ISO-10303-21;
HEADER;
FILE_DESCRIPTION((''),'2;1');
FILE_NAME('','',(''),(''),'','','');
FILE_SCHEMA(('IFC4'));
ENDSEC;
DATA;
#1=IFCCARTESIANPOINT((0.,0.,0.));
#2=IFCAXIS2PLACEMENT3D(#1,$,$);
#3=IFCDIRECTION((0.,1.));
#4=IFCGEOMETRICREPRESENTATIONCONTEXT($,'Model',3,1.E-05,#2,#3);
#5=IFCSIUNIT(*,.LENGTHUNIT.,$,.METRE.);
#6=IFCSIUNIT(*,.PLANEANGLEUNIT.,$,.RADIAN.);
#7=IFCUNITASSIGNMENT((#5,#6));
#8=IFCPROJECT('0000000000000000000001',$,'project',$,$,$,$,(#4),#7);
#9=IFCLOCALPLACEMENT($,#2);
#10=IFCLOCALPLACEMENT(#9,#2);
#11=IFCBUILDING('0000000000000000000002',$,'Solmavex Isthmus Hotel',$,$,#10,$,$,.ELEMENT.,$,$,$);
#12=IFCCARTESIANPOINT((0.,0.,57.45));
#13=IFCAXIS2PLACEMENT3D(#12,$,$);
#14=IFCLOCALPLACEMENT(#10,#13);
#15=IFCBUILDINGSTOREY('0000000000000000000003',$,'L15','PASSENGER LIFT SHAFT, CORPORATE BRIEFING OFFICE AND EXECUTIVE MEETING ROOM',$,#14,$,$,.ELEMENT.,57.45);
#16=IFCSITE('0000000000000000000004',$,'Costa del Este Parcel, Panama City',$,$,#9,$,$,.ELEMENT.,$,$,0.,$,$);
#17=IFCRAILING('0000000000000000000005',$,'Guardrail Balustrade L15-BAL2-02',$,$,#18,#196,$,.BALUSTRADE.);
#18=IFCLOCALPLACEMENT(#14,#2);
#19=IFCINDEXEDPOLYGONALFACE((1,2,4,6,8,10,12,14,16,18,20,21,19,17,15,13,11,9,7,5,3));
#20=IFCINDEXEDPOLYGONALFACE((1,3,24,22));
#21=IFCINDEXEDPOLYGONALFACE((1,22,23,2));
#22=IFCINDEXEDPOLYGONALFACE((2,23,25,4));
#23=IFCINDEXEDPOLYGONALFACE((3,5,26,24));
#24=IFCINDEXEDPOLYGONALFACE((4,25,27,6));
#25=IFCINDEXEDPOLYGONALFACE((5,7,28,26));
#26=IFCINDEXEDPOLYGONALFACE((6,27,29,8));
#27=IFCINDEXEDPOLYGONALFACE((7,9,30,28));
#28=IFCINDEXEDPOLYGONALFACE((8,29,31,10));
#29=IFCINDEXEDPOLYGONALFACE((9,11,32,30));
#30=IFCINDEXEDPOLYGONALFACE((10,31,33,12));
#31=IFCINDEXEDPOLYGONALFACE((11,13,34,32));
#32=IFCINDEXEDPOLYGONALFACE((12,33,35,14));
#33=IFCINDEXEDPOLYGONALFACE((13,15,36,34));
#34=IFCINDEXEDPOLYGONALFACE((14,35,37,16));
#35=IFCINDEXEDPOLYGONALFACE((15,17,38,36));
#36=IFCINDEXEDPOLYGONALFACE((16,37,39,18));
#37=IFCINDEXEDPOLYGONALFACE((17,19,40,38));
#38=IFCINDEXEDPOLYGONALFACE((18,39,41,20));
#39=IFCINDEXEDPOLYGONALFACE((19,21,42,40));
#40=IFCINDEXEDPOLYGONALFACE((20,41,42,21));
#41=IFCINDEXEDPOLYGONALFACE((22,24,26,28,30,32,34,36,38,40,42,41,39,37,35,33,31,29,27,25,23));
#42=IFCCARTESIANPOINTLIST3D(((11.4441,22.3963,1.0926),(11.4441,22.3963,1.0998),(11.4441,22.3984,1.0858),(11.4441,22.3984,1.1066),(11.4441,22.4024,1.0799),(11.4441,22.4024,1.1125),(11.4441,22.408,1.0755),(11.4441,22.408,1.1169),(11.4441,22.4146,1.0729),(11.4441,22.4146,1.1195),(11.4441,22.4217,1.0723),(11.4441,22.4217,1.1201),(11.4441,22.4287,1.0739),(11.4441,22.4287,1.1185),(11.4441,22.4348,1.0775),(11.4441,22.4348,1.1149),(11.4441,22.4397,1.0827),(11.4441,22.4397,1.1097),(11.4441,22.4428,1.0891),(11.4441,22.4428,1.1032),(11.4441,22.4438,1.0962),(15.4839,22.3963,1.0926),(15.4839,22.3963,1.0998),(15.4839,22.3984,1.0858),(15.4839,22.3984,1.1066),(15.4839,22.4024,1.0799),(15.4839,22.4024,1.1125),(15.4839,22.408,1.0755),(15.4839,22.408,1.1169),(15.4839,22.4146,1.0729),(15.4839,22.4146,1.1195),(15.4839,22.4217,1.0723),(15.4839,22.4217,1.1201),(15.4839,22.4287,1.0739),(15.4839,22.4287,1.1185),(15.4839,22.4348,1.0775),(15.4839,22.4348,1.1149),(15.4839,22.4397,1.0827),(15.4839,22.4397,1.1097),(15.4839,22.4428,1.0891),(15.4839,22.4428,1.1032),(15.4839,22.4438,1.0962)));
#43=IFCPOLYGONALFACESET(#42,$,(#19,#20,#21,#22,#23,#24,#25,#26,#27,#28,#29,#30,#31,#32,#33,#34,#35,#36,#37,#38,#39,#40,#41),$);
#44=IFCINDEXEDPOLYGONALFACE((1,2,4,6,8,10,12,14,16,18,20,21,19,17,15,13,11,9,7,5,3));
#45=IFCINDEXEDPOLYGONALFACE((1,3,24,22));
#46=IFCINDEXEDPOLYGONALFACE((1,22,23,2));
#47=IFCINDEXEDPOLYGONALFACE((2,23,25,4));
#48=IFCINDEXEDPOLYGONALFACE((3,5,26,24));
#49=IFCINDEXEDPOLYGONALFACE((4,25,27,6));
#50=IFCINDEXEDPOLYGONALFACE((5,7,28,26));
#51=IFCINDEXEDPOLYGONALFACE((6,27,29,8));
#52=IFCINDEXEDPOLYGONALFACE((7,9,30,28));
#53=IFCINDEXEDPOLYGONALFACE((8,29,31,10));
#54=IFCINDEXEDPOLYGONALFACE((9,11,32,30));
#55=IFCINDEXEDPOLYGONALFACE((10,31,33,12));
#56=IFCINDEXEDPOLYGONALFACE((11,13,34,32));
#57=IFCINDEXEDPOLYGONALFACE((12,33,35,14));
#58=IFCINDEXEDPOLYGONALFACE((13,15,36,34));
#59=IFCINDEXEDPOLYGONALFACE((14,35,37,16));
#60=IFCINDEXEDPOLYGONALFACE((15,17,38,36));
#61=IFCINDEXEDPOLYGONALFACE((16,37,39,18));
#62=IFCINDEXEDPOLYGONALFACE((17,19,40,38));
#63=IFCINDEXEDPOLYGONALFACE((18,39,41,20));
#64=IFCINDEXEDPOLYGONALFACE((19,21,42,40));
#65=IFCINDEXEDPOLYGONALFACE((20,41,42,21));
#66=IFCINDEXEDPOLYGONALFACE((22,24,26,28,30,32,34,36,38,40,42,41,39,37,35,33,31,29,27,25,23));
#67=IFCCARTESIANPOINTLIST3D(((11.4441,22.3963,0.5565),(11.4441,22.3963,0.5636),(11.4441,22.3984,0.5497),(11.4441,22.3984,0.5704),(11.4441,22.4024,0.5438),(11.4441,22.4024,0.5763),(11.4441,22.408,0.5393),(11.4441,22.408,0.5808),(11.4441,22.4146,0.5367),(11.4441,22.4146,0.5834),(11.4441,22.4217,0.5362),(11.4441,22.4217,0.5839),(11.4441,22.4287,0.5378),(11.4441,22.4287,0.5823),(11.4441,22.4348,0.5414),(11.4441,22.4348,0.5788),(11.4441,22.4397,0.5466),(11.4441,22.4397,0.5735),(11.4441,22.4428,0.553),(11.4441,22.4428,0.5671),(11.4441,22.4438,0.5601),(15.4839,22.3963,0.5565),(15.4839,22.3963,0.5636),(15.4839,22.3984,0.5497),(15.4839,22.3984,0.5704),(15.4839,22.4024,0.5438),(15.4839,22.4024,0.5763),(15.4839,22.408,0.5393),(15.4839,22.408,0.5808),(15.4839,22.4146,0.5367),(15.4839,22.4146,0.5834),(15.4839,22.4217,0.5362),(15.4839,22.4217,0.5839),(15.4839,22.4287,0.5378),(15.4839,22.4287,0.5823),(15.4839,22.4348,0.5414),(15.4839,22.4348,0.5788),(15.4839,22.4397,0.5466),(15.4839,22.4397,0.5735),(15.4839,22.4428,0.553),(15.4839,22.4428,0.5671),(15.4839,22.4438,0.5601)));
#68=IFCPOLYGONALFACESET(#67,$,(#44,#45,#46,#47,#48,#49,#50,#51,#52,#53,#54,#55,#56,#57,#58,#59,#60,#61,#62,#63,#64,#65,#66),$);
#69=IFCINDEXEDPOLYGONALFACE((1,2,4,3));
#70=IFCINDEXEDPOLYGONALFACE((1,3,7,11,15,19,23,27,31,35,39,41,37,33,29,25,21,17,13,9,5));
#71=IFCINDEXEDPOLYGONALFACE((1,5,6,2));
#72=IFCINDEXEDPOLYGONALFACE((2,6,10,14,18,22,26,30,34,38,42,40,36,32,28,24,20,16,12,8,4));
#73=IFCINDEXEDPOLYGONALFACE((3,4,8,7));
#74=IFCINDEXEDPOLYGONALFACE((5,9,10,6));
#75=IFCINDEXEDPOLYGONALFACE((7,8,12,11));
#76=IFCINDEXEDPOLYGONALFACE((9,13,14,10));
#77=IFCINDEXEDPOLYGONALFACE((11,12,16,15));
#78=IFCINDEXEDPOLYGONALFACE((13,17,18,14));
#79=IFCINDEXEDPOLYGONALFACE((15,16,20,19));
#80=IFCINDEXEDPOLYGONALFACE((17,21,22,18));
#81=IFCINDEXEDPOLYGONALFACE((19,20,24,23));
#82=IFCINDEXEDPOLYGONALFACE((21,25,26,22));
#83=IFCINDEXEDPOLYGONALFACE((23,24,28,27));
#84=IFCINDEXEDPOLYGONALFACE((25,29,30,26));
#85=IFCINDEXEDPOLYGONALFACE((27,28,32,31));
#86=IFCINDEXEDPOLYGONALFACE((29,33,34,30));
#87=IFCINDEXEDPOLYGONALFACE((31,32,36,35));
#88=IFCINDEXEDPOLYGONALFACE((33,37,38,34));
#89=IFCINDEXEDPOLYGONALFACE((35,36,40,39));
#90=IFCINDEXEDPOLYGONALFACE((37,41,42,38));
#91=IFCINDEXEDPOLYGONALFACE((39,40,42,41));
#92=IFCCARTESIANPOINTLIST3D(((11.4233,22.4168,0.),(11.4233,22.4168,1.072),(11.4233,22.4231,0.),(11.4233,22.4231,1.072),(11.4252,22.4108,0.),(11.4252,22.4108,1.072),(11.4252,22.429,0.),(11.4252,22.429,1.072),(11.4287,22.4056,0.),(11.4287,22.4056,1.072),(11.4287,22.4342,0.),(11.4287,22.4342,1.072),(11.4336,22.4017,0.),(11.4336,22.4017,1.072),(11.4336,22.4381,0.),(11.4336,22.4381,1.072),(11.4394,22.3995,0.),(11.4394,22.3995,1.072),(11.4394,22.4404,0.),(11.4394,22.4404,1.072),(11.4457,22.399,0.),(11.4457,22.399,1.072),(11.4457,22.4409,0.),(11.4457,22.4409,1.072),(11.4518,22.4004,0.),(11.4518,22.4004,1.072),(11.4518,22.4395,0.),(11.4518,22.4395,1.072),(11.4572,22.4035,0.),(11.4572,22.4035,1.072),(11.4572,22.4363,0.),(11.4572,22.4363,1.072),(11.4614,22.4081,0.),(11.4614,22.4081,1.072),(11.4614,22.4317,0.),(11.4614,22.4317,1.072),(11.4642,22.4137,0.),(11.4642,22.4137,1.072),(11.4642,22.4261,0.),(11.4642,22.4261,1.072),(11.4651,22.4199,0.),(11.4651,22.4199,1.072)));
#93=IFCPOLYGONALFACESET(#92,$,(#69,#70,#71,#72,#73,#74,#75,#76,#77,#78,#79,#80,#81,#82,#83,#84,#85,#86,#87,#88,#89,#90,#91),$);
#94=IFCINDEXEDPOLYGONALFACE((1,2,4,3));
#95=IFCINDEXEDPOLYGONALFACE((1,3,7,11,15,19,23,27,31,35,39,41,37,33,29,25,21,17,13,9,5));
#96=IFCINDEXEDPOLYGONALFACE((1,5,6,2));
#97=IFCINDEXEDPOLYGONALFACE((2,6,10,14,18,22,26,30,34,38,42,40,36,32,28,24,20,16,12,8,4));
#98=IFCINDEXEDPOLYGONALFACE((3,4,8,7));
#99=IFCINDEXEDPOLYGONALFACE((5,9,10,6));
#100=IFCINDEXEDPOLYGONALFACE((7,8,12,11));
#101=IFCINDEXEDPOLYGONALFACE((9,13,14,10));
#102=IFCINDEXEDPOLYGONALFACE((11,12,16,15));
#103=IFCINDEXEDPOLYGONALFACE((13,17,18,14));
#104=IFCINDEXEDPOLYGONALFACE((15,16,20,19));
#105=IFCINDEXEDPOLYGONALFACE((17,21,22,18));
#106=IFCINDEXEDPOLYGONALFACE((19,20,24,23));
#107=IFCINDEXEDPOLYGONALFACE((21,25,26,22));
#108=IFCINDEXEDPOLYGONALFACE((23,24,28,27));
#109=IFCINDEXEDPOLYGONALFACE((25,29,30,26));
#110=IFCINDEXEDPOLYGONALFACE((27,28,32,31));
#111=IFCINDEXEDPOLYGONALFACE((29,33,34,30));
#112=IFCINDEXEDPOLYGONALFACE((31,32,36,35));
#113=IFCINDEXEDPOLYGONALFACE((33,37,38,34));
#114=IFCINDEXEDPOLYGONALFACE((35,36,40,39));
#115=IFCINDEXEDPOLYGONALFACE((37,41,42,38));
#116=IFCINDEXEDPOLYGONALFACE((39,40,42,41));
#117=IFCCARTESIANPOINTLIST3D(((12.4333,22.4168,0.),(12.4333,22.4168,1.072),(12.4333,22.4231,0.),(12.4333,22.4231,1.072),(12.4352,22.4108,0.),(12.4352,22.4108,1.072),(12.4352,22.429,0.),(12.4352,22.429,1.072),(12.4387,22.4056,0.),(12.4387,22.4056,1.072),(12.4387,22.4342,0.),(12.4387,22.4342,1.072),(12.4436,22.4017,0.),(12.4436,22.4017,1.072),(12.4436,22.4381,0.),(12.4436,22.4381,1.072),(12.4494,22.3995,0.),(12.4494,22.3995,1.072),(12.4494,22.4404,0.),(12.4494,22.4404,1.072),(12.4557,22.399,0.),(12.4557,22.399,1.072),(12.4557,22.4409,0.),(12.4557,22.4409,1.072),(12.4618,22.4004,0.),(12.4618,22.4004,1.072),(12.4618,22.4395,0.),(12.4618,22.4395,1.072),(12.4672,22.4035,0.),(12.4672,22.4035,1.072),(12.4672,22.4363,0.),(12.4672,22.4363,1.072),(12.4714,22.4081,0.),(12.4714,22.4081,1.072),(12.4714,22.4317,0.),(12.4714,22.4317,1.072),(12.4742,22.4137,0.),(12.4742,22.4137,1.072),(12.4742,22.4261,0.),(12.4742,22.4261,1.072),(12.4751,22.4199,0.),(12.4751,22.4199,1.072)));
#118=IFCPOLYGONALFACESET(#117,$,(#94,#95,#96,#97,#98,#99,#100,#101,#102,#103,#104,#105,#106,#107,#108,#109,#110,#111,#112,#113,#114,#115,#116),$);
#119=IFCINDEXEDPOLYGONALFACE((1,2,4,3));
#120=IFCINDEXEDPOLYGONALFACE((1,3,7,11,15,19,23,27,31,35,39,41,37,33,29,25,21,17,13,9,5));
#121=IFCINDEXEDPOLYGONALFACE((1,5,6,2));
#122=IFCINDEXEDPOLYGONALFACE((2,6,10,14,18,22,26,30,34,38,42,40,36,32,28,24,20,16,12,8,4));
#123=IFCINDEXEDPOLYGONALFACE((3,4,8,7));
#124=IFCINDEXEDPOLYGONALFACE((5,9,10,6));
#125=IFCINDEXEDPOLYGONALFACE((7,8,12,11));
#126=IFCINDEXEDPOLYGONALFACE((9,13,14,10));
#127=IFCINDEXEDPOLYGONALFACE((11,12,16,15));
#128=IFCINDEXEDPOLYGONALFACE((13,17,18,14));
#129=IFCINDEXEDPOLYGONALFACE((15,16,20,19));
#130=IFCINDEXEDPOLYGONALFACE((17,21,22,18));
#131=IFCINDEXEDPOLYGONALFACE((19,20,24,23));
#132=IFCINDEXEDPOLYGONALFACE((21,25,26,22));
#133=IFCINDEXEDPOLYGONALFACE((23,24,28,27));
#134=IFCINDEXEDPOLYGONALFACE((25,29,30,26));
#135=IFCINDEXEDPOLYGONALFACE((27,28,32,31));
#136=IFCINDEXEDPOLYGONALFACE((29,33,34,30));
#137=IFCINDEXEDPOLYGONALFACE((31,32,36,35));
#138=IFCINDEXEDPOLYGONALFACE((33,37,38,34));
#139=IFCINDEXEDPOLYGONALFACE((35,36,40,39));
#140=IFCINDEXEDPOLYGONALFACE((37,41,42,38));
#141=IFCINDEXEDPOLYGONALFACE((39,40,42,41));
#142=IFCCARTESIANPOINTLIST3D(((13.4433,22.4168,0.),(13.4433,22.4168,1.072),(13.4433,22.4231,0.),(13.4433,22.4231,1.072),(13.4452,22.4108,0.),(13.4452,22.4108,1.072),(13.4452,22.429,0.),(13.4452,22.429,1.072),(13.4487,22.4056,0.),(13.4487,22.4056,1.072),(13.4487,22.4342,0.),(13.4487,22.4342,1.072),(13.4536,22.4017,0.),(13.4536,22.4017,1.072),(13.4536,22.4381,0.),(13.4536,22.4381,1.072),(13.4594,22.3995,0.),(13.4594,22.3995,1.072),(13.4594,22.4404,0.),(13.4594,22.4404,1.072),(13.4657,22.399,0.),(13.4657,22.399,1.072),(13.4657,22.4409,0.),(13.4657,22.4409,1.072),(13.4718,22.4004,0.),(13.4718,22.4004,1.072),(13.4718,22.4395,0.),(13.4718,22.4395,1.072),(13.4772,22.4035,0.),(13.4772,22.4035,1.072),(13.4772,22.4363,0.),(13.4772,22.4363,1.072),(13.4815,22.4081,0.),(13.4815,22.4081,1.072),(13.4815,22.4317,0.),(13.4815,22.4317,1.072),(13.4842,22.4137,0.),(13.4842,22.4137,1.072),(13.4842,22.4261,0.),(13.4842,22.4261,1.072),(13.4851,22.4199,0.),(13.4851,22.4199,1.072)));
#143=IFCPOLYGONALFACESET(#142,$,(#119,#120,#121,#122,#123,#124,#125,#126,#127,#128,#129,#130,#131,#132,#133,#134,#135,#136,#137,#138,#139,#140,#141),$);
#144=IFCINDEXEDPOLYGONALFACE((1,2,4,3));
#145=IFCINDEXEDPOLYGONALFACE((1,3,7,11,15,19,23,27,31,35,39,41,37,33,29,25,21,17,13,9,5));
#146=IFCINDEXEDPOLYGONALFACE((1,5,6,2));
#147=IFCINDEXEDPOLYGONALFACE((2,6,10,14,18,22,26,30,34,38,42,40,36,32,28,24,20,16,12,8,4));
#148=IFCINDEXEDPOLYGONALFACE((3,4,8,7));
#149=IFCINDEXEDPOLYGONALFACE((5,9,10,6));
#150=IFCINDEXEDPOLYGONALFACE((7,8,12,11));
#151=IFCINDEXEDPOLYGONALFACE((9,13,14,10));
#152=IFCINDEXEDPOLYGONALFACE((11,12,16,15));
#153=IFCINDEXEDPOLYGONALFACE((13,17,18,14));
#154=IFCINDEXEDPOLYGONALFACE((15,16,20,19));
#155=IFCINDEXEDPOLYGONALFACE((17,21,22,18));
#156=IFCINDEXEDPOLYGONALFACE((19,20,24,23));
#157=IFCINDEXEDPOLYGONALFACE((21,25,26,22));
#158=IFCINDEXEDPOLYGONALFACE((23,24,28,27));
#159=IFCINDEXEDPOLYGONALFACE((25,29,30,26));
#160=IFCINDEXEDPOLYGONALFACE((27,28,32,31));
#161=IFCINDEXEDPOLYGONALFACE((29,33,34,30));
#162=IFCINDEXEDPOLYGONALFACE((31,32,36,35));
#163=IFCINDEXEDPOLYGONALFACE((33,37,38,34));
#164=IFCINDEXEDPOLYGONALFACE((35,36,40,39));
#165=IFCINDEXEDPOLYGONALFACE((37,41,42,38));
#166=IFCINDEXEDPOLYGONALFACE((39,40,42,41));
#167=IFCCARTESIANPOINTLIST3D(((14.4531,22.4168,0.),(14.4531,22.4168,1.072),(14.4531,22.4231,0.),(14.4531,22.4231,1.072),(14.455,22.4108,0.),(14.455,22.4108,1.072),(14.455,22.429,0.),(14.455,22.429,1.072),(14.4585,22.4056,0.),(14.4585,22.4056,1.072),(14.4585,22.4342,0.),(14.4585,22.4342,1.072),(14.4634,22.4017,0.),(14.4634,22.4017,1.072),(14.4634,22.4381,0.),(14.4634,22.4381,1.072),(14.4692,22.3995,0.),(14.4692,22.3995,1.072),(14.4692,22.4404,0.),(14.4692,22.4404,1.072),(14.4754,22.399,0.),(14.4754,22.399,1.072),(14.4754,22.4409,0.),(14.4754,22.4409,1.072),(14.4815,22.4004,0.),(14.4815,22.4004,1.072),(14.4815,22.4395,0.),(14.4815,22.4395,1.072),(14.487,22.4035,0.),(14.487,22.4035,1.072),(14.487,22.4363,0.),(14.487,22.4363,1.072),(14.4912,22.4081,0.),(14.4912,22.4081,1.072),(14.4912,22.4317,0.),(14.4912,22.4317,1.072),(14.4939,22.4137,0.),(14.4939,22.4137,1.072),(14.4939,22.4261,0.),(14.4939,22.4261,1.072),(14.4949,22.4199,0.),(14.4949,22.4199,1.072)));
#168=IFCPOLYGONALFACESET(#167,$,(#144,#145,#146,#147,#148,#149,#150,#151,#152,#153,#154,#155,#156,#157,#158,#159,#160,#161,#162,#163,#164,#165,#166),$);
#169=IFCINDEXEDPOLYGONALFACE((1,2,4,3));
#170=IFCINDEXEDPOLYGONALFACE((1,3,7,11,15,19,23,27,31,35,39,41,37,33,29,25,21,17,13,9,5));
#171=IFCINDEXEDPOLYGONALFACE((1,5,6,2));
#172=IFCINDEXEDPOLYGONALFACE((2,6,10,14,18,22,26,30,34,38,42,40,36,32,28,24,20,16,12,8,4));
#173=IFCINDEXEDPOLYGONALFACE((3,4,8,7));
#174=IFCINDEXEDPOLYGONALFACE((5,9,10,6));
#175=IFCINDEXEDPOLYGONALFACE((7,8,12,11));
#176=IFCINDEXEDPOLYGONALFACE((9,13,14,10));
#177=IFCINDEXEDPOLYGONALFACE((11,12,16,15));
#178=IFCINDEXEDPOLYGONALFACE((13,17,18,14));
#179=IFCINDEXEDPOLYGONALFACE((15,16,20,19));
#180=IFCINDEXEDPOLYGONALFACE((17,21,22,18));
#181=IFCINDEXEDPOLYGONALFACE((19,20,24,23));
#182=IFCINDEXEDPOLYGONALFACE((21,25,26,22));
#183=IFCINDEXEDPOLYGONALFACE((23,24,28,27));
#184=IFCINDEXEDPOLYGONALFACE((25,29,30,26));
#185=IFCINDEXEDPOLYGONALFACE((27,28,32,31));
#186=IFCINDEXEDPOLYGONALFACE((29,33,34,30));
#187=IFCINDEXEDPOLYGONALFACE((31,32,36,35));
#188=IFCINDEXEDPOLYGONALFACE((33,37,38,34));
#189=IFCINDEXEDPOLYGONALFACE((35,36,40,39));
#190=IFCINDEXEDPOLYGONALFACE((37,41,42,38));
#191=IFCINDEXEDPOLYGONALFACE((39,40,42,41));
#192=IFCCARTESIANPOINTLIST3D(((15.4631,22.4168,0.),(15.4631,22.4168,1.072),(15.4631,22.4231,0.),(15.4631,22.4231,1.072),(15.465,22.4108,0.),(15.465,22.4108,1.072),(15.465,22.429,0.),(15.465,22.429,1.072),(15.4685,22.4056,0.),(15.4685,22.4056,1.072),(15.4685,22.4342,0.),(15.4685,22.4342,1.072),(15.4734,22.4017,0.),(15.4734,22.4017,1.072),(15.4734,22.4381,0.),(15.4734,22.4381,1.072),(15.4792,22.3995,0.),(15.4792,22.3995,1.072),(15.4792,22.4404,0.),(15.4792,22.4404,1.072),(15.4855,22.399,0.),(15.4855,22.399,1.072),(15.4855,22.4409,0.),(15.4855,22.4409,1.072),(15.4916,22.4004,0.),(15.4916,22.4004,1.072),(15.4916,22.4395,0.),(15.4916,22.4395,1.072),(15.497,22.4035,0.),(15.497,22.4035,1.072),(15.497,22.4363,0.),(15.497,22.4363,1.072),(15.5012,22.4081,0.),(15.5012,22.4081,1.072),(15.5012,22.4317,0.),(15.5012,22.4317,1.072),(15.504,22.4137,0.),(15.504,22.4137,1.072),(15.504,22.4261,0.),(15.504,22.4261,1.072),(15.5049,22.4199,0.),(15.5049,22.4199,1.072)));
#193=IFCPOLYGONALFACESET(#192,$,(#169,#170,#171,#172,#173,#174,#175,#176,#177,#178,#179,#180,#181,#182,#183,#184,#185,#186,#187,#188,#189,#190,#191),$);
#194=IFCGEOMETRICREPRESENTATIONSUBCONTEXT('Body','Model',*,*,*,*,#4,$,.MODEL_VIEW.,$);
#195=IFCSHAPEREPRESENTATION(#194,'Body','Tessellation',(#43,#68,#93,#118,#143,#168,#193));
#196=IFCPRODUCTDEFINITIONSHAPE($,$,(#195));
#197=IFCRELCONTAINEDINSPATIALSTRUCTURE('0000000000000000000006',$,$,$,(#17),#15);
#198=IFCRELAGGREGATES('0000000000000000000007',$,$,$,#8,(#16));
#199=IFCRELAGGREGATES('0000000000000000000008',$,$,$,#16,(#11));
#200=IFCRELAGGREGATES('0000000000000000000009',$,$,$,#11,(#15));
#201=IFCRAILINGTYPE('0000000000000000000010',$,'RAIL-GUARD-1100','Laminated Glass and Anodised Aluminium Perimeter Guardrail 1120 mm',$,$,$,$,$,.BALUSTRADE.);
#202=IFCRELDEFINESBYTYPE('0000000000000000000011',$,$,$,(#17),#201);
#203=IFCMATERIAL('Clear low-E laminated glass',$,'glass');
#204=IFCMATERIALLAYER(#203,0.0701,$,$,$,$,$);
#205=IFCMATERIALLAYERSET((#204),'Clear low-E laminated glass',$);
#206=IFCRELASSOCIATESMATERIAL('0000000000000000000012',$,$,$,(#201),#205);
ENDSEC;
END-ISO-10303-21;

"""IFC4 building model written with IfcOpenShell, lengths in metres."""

from ifc_helpers import new_model, si_unit, direction, frame, origin, origin_2d, place, context, subcontext, project, spatial, circle, extrude, material, layer, layer_set, type_object, element, save


model = new_model("IFC4")

# Units and contexts
model_context = context("Model", 3, precision=1e-05, world=origin(), true_north=direction((0.0, 1.0)))
body_context = subcontext(model_context, "Body", "Model", "MODEL_VIEW")
ifc_project = project(units=[si_unit("LENGTHUNIT", "METRE"), si_unit("PLANEANGLEUNIT", "RADIAN")], contexts=[model_context])

# Site, building, storey
site_placement = place(None, origin())
site = spatial("IfcSite", under=ifc_project, at=site_placement, Name="Costa del Este Parcel, Panama City", CompositionType="ELEMENT", RefElevation=0.0)
building_placement = place(site_placement, origin())
building = spatial("IfcBuilding", under=site, at=building_placement, Name="Solmavex Isthmus Hotel", CompositionType="ELEMENT")
storey_placement = place(building_placement, frame((0.0, 0.0, 57.45)))
storey = spatial("IfcBuildingStorey", under=building, at=storey_placement, Name="L15", Description="PASSENGER LIFT SHAFT, CORPORATE BRIEFING OFFICE AND EXECUTIVE MEETING ROOM", CompositionType="ELEMENT", Elevation=57.45)

# Shared definitions
ifc_material_1 = material(Name="Clear low-E laminated glass", Category="glass")

# Railing
ifc_layer_1 = layer(ifc_material_1, 0.0701)
ifc_layer_set_1 = layer_set([ifc_layer_1], Name="Clear low-E laminated glass")
railing_type_1 = type_object("IfcRailingType", Name="RAIL-GUARD-1100", Description="Laminated Glass and Anodised Aluminium Perimeter Guardrail 1120 mm", PredefinedType="BALUSTRADE", material=ifc_layer_set_1)
railing_1_placement = place(storey_placement, frame((11.4441, 22.4199, 0.0)))
element("IfcRailing", 1, at=railing_1_placement, inside=storey, type_object=railing_type_1, Name="Guardrail Balustrade L15-BAL2-02", PredefinedType="BALUSTRADE", context=body_context, shape_type="SweptSolid", body=[
    extrude(circle(Radius=0.0239, at=origin_2d()), frame((0.0, 0.0, 1.0962), z_axis=(1.0, 0.0, 0.0), x_axis=(0.0, 1.0, 0.0)), (0.0, 0.0, 1.0), 4.0398),
    extrude(circle(Radius=0.0239, at=origin_2d()), frame((0.0, 0.0, 0.5601), z_axis=(1.0, 0.0, 0.0), x_axis=(0.0, 1.0, 0.0)), (0.0, 0.0, 1.0), 4.0398),
    extrude(circle(Radius=0.021, at=origin_2d()), origin(), (0.0, 0.0, 1.0), 1.072),
    extrude(circle(Radius=0.021, at=origin_2d()), frame((1.01, 0.0, 0.0)), (0.0, 0.0, 1.0), 1.072),
    extrude(circle(Radius=0.021, at=origin_2d()), frame((2.02, 0.0, 0.0)), (0.0, 0.0, 1.0), 1.072),
    extrude(circle(Radius=0.021, at=origin_2d()), frame((3.0298, 0.0, 0.0)), (0.0, 0.0, 1.0), 1.072),
    extrude(circle(Radius=0.021, at=origin_2d()), frame((4.0398, 0.0, 0.0)), (0.0, 0.0, 1.0), 1.072),
])

save(model, "model.ifc")
